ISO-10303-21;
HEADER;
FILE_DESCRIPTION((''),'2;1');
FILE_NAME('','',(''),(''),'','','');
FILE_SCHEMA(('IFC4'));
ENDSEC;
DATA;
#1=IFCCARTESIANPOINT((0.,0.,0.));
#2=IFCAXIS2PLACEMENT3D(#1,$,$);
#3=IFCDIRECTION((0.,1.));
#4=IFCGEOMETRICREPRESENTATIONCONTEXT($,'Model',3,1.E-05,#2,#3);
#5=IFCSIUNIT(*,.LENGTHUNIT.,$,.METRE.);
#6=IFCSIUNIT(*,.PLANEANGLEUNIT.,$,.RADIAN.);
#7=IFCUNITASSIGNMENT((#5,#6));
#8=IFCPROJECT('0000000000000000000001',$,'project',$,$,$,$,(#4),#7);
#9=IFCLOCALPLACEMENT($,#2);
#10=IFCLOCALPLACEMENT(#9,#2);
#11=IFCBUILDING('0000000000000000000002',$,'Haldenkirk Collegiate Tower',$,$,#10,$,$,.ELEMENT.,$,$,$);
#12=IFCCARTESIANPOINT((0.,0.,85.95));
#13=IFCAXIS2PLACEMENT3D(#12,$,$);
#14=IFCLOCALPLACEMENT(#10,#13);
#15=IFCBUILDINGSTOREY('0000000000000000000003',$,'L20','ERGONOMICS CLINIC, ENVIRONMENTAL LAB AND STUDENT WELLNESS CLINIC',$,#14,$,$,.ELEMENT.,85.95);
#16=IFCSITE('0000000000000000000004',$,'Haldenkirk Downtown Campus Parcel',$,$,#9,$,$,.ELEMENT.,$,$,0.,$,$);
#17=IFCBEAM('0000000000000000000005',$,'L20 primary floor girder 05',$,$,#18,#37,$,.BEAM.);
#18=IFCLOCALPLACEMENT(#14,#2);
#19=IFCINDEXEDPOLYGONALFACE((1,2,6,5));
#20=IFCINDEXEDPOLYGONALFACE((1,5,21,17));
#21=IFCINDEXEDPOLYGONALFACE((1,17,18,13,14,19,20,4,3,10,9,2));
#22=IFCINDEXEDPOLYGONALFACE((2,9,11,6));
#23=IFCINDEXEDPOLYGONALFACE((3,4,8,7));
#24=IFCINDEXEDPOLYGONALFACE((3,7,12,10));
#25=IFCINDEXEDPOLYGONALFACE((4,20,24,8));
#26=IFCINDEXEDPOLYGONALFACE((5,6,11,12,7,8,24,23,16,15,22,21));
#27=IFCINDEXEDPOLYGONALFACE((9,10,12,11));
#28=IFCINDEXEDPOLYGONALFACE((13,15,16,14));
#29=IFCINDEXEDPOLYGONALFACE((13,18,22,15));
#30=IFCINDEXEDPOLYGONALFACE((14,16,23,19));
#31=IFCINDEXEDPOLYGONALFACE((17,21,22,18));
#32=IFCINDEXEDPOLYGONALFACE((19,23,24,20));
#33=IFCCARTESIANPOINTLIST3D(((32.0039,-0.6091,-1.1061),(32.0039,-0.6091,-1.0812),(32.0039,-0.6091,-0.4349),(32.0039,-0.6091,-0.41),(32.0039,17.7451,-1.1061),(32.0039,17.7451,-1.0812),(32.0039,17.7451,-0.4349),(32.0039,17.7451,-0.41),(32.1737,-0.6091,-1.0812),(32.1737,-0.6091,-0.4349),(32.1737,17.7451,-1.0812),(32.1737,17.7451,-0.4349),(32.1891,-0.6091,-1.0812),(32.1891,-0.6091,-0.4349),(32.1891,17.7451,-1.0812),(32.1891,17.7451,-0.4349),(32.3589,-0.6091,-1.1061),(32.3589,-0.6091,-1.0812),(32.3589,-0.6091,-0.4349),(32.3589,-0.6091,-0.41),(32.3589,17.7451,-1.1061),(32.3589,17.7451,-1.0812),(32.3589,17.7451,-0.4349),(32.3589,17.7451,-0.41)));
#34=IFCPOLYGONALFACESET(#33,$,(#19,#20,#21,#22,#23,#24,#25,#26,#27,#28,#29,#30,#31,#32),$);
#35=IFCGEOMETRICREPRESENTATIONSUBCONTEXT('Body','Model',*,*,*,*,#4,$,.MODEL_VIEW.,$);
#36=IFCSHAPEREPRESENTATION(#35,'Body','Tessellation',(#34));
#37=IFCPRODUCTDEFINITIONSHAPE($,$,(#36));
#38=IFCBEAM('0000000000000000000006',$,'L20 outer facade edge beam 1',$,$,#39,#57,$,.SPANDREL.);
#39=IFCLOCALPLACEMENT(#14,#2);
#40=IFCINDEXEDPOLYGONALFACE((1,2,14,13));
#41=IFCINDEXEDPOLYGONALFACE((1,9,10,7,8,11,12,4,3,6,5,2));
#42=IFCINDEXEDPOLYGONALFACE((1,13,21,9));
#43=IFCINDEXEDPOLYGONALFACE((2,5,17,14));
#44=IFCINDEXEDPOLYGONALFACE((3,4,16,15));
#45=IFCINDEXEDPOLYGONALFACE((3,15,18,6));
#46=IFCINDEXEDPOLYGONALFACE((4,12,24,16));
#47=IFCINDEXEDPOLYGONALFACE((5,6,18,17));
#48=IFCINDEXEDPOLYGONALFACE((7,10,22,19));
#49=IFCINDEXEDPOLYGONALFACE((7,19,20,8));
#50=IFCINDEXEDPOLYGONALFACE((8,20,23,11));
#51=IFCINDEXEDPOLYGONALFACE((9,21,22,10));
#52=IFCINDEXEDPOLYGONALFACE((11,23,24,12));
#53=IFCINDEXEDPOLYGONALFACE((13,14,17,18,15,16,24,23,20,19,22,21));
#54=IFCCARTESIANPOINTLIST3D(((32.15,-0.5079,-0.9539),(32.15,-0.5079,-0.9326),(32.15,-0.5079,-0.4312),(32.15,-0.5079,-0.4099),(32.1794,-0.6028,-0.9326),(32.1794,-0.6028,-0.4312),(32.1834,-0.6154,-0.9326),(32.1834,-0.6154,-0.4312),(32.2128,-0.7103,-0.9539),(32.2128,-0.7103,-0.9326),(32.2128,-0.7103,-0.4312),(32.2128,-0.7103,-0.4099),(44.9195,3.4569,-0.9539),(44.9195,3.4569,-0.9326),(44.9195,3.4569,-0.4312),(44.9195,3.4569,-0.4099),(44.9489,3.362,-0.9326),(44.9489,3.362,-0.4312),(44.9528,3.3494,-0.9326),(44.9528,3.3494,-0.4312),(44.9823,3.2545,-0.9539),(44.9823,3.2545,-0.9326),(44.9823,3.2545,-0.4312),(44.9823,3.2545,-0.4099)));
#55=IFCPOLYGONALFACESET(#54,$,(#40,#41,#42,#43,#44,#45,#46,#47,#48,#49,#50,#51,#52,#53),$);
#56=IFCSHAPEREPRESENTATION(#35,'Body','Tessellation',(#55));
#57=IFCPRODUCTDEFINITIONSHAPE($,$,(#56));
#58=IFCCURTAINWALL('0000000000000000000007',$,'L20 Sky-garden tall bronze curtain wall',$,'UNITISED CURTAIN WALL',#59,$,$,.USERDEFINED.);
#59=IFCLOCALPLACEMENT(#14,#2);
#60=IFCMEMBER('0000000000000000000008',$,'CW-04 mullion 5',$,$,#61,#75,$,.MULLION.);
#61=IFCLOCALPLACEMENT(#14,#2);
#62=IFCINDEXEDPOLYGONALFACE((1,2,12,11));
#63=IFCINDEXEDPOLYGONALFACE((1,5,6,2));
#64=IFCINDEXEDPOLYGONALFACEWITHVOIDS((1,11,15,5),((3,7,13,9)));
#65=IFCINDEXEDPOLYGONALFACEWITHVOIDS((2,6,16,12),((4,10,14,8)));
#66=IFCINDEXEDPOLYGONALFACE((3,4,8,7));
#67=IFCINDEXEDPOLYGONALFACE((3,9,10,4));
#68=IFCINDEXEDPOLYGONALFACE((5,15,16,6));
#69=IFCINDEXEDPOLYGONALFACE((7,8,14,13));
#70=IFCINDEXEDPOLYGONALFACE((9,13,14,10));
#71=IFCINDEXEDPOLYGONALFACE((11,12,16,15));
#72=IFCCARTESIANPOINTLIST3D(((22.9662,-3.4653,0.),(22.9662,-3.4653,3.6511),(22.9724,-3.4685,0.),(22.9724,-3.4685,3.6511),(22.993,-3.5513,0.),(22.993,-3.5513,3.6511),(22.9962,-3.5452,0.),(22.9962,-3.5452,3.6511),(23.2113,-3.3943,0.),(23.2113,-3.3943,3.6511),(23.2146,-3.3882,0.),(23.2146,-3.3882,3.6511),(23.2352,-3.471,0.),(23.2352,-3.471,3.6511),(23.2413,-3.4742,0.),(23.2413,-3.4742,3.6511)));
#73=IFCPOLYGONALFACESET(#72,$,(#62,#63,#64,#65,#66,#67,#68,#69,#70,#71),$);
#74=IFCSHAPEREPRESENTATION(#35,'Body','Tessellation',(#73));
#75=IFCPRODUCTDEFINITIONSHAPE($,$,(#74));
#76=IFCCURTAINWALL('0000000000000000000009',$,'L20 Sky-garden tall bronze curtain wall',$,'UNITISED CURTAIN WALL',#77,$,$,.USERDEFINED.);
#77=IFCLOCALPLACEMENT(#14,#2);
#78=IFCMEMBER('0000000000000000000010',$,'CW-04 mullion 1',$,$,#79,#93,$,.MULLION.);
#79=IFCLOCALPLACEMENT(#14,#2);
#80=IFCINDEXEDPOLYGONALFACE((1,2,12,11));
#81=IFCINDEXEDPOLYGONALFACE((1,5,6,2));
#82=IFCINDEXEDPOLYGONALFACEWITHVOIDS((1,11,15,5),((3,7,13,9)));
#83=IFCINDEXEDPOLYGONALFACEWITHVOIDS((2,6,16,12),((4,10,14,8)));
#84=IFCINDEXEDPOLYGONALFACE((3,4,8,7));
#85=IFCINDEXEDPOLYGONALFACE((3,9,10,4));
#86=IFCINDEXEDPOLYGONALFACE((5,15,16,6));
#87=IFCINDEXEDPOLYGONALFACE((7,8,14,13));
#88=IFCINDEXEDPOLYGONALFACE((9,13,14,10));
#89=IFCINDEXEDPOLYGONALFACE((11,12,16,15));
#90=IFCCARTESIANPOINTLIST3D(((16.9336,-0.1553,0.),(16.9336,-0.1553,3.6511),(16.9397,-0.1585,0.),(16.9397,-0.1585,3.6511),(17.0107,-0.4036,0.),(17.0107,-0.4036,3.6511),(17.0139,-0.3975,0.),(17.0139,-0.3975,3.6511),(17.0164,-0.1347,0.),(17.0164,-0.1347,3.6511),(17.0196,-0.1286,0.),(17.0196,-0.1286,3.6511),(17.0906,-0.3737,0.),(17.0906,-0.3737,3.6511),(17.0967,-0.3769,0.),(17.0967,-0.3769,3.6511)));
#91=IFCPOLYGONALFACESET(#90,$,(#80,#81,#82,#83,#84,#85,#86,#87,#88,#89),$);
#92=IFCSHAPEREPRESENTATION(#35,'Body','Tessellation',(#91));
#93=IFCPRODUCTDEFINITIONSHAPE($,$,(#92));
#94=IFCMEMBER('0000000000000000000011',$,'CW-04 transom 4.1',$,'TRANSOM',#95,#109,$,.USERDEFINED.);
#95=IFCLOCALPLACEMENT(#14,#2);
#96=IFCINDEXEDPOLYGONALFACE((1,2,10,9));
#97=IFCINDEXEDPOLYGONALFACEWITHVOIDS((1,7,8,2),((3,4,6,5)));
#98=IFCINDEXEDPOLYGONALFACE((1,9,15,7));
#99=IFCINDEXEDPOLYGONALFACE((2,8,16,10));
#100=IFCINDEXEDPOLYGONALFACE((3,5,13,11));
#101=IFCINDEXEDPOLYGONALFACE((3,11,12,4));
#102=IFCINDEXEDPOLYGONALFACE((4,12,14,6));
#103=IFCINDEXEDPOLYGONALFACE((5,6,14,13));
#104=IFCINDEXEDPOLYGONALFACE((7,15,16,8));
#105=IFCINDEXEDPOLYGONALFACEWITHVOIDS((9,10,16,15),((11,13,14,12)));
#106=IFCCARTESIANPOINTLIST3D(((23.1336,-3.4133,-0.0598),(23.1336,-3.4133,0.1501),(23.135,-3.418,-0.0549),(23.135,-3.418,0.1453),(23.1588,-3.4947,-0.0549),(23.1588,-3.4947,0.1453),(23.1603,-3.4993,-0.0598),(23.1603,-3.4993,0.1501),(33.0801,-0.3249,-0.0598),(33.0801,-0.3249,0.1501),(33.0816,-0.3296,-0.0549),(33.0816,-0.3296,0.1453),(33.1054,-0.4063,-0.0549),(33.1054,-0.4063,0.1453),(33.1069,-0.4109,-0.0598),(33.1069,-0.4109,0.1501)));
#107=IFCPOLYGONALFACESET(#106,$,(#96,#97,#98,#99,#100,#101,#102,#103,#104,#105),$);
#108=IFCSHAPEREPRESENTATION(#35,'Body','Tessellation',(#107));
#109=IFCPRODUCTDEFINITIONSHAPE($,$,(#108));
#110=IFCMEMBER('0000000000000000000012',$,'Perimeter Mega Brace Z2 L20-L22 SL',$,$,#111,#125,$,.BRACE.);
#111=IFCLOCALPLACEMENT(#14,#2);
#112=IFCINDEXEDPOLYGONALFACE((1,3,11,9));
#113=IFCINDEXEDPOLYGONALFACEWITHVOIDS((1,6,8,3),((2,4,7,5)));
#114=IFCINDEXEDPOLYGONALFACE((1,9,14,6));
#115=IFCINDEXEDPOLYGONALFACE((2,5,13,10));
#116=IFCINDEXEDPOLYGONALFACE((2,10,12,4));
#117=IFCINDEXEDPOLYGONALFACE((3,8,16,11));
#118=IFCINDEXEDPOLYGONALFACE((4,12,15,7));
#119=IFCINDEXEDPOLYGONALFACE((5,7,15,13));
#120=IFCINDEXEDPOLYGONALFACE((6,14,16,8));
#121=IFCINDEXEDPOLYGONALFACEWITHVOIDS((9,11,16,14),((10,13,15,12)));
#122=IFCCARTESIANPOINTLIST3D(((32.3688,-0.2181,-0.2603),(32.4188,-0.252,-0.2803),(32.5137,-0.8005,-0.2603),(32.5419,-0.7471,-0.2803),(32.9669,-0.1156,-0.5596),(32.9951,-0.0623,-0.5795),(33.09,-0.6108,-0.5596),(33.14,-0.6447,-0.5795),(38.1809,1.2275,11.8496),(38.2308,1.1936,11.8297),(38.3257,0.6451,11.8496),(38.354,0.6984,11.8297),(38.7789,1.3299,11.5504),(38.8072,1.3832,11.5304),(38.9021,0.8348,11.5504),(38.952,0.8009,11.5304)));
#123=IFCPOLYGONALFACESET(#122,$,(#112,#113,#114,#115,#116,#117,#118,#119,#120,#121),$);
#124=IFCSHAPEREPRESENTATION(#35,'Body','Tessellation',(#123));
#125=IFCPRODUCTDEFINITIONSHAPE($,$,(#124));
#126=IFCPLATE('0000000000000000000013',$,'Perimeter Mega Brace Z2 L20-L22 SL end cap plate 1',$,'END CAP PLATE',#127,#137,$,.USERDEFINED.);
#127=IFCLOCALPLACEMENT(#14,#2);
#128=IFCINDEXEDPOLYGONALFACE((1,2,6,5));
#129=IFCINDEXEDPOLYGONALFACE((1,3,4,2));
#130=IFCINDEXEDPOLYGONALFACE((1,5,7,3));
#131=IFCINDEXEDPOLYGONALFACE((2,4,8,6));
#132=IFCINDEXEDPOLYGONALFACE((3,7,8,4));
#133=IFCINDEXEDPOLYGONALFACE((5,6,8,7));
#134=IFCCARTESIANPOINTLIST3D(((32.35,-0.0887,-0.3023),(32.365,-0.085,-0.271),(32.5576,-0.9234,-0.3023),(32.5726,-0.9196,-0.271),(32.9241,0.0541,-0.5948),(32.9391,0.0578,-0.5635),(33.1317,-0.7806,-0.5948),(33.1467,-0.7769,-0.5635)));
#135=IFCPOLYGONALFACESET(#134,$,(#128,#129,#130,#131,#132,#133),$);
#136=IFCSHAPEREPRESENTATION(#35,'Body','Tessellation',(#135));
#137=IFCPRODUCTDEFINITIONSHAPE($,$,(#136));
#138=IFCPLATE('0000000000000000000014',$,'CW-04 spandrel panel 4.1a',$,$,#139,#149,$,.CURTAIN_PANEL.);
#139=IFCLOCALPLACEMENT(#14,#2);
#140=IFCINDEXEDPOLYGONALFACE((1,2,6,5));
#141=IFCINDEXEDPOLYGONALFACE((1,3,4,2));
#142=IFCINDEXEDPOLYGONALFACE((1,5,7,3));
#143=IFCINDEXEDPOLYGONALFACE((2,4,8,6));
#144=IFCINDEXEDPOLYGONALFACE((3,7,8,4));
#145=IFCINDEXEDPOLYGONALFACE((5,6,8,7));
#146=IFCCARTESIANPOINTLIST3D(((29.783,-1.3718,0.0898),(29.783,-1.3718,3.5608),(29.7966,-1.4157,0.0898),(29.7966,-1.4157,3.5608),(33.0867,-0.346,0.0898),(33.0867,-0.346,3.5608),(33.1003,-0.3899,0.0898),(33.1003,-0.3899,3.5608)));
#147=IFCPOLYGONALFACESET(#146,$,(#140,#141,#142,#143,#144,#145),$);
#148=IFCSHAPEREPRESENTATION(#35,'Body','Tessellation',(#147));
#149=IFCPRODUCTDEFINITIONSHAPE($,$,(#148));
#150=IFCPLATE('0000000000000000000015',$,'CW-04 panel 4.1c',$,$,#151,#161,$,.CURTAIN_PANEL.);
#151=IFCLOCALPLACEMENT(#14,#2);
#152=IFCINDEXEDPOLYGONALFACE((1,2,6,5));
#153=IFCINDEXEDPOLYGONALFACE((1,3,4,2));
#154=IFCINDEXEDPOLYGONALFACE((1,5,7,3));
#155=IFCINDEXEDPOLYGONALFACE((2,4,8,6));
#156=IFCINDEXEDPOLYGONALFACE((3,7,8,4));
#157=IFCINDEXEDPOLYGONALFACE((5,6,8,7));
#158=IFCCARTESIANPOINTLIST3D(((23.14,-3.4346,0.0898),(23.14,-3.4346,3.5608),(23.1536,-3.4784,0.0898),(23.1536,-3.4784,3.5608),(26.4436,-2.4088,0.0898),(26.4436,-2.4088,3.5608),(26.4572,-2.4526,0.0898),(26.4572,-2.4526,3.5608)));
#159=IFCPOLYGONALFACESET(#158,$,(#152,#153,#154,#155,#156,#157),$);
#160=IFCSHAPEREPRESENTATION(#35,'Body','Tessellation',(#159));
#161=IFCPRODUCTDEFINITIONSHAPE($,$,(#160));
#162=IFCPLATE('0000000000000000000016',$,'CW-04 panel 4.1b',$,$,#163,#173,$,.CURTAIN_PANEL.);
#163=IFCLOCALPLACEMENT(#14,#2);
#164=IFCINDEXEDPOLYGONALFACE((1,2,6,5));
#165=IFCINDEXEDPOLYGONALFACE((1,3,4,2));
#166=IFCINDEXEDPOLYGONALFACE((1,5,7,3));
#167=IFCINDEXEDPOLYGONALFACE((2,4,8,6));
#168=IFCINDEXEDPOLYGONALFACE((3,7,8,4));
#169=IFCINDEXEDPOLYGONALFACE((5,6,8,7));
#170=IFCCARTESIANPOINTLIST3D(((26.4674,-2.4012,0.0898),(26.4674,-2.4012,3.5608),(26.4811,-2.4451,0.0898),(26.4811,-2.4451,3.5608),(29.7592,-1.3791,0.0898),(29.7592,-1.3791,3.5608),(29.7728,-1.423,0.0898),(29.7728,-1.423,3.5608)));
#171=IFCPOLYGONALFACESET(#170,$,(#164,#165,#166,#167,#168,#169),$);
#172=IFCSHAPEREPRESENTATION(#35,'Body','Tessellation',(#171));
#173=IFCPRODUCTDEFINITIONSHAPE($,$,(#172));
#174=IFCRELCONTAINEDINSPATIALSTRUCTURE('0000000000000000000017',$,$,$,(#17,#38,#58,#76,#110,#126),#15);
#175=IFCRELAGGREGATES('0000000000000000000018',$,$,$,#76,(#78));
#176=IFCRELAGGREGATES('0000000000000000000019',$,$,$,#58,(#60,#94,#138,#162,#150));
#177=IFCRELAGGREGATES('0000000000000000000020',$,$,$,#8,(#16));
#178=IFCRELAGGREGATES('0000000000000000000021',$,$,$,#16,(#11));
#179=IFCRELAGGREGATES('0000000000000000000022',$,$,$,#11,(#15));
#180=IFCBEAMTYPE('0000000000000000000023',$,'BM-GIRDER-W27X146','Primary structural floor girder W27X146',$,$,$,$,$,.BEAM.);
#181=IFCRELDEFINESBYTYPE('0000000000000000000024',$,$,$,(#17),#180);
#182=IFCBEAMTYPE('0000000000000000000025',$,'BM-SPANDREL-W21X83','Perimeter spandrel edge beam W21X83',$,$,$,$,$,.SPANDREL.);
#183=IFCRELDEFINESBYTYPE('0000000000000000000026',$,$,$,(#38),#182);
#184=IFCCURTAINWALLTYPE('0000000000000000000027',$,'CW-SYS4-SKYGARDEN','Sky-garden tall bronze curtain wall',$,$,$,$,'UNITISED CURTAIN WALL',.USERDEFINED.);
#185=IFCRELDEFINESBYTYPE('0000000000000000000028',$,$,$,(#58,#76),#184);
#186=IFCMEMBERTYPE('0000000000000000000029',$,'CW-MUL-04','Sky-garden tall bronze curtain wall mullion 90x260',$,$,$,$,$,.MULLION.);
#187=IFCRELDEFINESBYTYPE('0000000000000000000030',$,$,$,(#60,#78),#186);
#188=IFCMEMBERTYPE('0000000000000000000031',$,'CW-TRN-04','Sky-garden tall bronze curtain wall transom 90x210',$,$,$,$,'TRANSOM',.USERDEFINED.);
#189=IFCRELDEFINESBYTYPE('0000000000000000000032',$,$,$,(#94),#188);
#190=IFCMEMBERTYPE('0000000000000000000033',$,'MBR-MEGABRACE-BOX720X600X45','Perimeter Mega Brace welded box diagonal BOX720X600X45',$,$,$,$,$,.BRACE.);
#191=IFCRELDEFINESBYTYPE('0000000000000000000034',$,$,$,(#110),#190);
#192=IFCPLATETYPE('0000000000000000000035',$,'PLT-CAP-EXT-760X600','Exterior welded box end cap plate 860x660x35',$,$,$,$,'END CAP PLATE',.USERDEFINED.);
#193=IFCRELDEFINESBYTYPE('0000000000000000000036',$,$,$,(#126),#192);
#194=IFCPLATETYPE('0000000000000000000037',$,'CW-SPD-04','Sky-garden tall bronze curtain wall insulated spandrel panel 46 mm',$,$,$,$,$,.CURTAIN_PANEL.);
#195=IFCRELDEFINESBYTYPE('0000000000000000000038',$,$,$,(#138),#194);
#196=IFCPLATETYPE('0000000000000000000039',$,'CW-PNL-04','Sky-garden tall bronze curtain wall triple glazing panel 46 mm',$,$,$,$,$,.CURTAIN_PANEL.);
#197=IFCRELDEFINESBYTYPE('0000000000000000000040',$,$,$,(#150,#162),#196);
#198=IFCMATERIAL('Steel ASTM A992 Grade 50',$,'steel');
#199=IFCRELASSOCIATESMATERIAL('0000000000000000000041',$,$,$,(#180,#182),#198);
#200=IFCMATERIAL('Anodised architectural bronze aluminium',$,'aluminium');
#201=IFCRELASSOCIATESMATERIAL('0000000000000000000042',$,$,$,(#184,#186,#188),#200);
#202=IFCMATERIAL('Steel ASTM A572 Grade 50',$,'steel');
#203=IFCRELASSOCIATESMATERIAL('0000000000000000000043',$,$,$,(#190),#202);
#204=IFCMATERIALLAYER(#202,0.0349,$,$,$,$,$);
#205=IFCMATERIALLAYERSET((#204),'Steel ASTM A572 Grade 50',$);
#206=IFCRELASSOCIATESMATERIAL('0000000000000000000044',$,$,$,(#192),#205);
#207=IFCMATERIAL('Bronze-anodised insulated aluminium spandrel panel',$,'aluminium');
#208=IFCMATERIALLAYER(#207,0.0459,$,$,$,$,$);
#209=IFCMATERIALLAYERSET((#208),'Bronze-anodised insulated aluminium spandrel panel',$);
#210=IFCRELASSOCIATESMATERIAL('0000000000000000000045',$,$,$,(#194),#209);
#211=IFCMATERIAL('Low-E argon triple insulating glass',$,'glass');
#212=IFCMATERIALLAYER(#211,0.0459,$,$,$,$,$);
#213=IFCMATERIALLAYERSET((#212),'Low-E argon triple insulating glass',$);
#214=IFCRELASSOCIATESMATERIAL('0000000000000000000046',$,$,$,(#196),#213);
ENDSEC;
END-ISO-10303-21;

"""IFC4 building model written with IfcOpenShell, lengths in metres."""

from ifc_helpers import new_model, si_unit, direction, frame, origin, origin_2d, place, context, subcontext, project, spatial, rectangle, hollow_rectangle, i_section, extrude, source, transform, mapped, material, layer, layer_set, material_profile, profile_set, type_object, element, aggregate, save


model = new_model("IFC4")

# Units and contexts
model_context = context("Model", 3, precision=1e-05, world=origin(), true_north=direction((0.0, 1.0)))
body_context = subcontext(model_context, "Body", "Model", "MODEL_VIEW")
ifc_project = project(units=[si_unit("LENGTHUNIT", "METRE"), si_unit("PLANEANGLEUNIT", "RADIAN")], contexts=[model_context])

# Site, building, storey
site_placement = place(None, origin())
site = spatial("IfcSite", under=ifc_project, at=site_placement, Name="Haldenkirk Downtown Campus Parcel", CompositionType="ELEMENT", RefElevation=0.0)
building_placement = place(site_placement, origin())
building = spatial("IfcBuilding", under=site, at=building_placement, Name="Haldenkirk Collegiate Tower", CompositionType="ELEMENT")
storey_placement = place(building_placement, frame((0.0, 0.0, 85.95)))
storey = spatial("IfcBuildingStorey", under=building, at=storey_placement, Name="L20", Description="ERGONOMICS CLINIC, ENVIRONMENTAL LAB AND STUDENT WELLNESS CLINIC", CompositionType="ELEMENT", Elevation=85.95)

# Beams
ifc_material_1 = material(Name="Steel ASTM A992 Grade 50", Category="steel")
ifc_material_profile_1 = material_profile(ifc_material_1, i_section(OverallWidth=0.355, OverallDepth=0.696, WebThickness=0.0154, FlangeThickness=0.0249, at=origin_2d()), Name="W27X146")
ifc_profile_set_1 = profile_set([ifc_material_profile_1], Name="Steel ASTM A992 Grade 50")
beam_type_1 = type_object("IfcBeamType", Name="BM-GIRDER-W27X146", Description="Primary structural floor girder W27X146", PredefinedType="BEAM", material=ifc_profile_set_1)
beam_1_placement = place(storey_placement, frame((32.1814, -0.6091, -0.7581), z_axis=(0.0, 1.0, 0.0), x_axis=(-1.0, 0.0, 0.0)))
element("IfcBeam", 1, at=beam_1_placement, inside=storey, type_object=beam_type_1, Name="L20 primary floor girder 05", PredefinedType="BEAM", context=body_context, shape_type="SweptSolid", body=[
    extrude(i_section(OverallWidth=0.355, OverallDepth=0.696, WebThickness=0.0154, FlangeThickness=0.0249, at=origin_2d()), origin(), (0.0, 0.0, 1.0), 18.3542),
])
ifc_material_profile_2 = material_profile(ifc_material_1, i_section(OverallWidth=0.2119, OverallDepth=0.5439, WebThickness=0.0132, FlangeThickness=0.0212, at=origin_2d()), Name="W21X83")
ifc_profile_set_2 = profile_set([ifc_material_profile_2], Name="Steel ASTM A992 Grade 50")
beam_type_2 = type_object("IfcBeamType", Name="BM-SPANDREL-W21X83", Description="Perimeter spandrel edge beam W21X83", PredefinedType="SPANDREL", material=ifc_profile_set_2)
beam_2_placement = place(storey_placement, frame((32.1814, -0.6091, -0.6819), z_axis=(0.955024, 0.296528, 0.0), x_axis=(-0.296528, 0.955024, 0.0)))
element("IfcBeam", 2, at=beam_2_placement, inside=storey, type_object=beam_type_2, Name="L20 outer facade edge beam 1", PredefinedType="SPANDREL", context=body_context, shape_type="SweptSolid", body=[
    extrude(i_section(OverallWidth=0.2119, OverallDepth=0.5439, WebThickness=0.0132, FlangeThickness=0.0212, at=origin_2d()), origin(), (0.0, 0.0, 1.0), 13.3708),
])

# Curtain walls, members
ifc_material_2 = material(Name="Anodised architectural bronze aluminium", Category="aluminium")
curtain_wall_type = type_object("IfcCurtainWallType", Name="CW-SYS4-SKYGARDEN", Description="Sky-garden tall bronze curtain wall", ElementType="UNITISED CURTAIN WALL", PredefinedType="USERDEFINED", material=ifc_material_2)
curtain_wall_1_placement = place(storey_placement, origin())
curtain_wall_1 = element("IfcCurtainWall", 3, at=curtain_wall_1_placement, inside=storey, type_object=curtain_wall_type, Name="L20 Sky-garden tall bronze curtain wall", ObjectType="UNITISED CURTAIN WALL", PredefinedType="USERDEFINED")
ifc_material_profile_3 = material_profile(ifc_material_2, hollow_rectangle(XDim=0.0901, YDim=0.26, WallThickness=0.0049, at=origin_2d()), Name="CW-MUL-04")
ifc_profile_set_3 = profile_set([ifc_material_profile_3], Name="Anodised architectural bronze aluminium")
member_type_1 = type_object("IfcMemberType", Name="CW-MUL-04", Description="Sky-garden tall bronze curtain wall mullion 90x260", PredefinedType="MULLION", material=ifc_profile_set_3)
member_1_placement = place(storey_placement, frame((23.1038, -3.4697, 0.0), z_axis=(0.0, 0.0, 1.0), x_axis=(0.29654, -0.95502, 0.0)))
member_1 = element("IfcMember", 4, at=member_1_placement, type_object=member_type_1, Name="CW-04 mullion 5", PredefinedType="MULLION", context=body_context, shape_type="SweptSolid", body=[
    extrude(hollow_rectangle(XDim=0.0901, YDim=0.26, WallThickness=0.0049, at=origin_2d()), origin(), (0.0, 0.0, 1.0), 3.6511),
])
curtain_wall_2_placement = place(storey_placement, origin())
curtain_wall_2 = element("IfcCurtainWall", 5, at=curtain_wall_2_placement, inside=storey, type_object=curtain_wall_type, Name="L20 Sky-garden tall bronze curtain wall", ObjectType="UNITISED CURTAIN WALL", PredefinedType="USERDEFINED")
member_2_placement = place(storey_placement, frame((17.0151, -0.2661, 0.0), z_axis=(0.0, 0.0, 1.0), x_axis=(-0.95502, -0.296541, 0.0)))
member_2 = element("IfcMember", 6, at=member_2_placement, type_object=member_type_1, Name="CW-04 mullion 1", PredefinedType="MULLION", context=body_context, shape_type="SweptSolid", body=[
    extrude(hollow_rectangle(XDim=0.0901, YDim=0.26, WallThickness=0.0049, at=origin_2d()), origin(), (0.0, 0.0, 1.0), 3.6511),
])
aggregate(curtain_wall_2, [member_2])

# Members
ifc_material_profile_4 = material_profile(ifc_material_2, hollow_rectangle(XDim=0.0901, YDim=0.21, WallThickness=0.0049, at=origin_2d()), Name="CW-TRN-04")
ifc_profile_set_4 = profile_set([ifc_material_profile_4], Name="Anodised architectural bronze aluminium")
member_type_2 = type_object("IfcMemberType", Name="CW-TRN-04", Description="Sky-garden tall bronze curtain wall transom 90x210", ElementType="TRANSOM", PredefinedType="USERDEFINED", material=ifc_profile_set_4)
member_3_placement = place(storey_placement, frame((33.0935, -0.3679, 0.0452), z_axis=(-0.955023, -0.296533, 0.0), x_axis=(0.296533, -0.955023, 0.0)))
member_3 = element("IfcMember", 7, at=member_3_placement, type_object=member_type_2, Name="CW-04 transom 4.1", ObjectType="TRANSOM", PredefinedType="USERDEFINED", context=body_context, shape_type="SweptSolid", body=[
    extrude(hollow_rectangle(XDim=0.0901, YDim=0.21, WallThickness=0.0049, at=origin_2d()), origin(), (0.0, 0.0, 1.0), 10.415),
])
ifc_material_3 = material(Name="Steel ASTM A572 Grade 50", Category="steel")
ifc_material_profile_5 = material_profile(ifc_material_3, hollow_rectangle(XDim=0.6001, YDim=0.72, WallThickness=0.0449, at=origin_2d()), Name="BOX720X600X45")
ifc_profile_set_5 = profile_set([ifc_material_profile_5], Name="Steel ASTM A572 Grade 50")
member_type_3 = type_object("IfcMemberType", Name="MBR-MEGABRACE-BOX720X600X45", Description="Perimeter Mega Brace welded box diagonal BOX720X600X45", PredefinedType="BRACE", material=ifc_profile_set_5)
member_4_placement = place(storey_placement, frame((32.7544, -0.4314, -0.4199), z_axis=(0.430203, 0.107, 0.896368), x_axis=(-0.241365, 0.970434, 0.0)))
element("IfcMember", 8, at=member_4_placement, inside=storey, type_object=member_type_3, Name="Perimeter Mega Brace Z2 L20-L22 SL", PredefinedType="BRACE", context=body_context, shape_type="SweptSolid", body=[
    extrude(hollow_rectangle(XDim=0.6001, YDim=0.72, WallThickness=0.0449, at=origin_2d()), origin(), (0.0, 0.0, 1.0), 13.51),
])

# Plates
ifc_layer_1 = layer(ifc_material_3, 0.0349)
ifc_layer_set_1 = layer_set([ifc_layer_1], Name="Steel ASTM A572 Grade 50")
plate_type_1 = type_object("IfcPlateType", Name="PLT-CAP-EXT-760X600", Description="Exterior welded box end cap plate 860x660x35", ElementType="END CAP PLATE", PredefinedType="USERDEFINED", material=ifc_layer_set_1)
shared_shape_1 = source(origin(), body_context, "Body", "SweptSolid", [
    extrude(rectangle(XDim=0.8601, YDim=0.6599, at=origin_2d()), origin(), (0.0, 0.0, 1.0), 0.0349),
])
plate_1_placement = place(storey_placement, frame((32.7559, -0.4309, -0.4172), z_axis=(-0.430187, -0.106988, -0.896377), x_axis=(0.241349, -0.970438, 0.0)))
element("IfcPlate", 9, at=plate_1_placement, inside=storey, type_object=plate_type_1, Name="Perimeter Mega Brace Z2 L20-L22 SL end cap plate 1", ObjectType="END CAP PLATE", PredefinedType="USERDEFINED", context=body_context, shape_type="MappedRepresentation", body=[
    mapped(shared_shape_1, transform((0.0, 0.0, 0.0), x_axis=(1.0, 0.0, 0.0), y_axis=(0.0, 1.0, 0.0), z_axis=(0.0, 0.0, 1.0), scale=1.0)),
])
ifc_material_4 = material(Name="Bronze-anodised insulated aluminium spandrel panel", Category="aluminium")
ifc_layer_2 = layer(ifc_material_4, 0.0459)
ifc_layer_set_2 = layer_set([ifc_layer_2], Name="Bronze-anodised insulated aluminium spandrel panel")
plate_type_2 = type_object("IfcPlateType", Name="CW-SPD-04", Description="Sky-garden tall bronze curtain wall insulated spandrel panel 46 mm", PredefinedType="CURTAIN_PANEL", material=ifc_layer_set_2)
shared_shape_2 = source(origin(), body_context, "Body", "SweptSolid", [
    extrude(rectangle(XDim=3.4592, YDim=0.0459, at=origin_2d()), origin(), (0.0, 0.0, 1.0), 3.4709),
])
plate_2_placement = place(storey_placement, frame((31.4417, -0.8809, 0.0898), z_axis=(0.0, 0.0, 1.0), x_axis=(-0.95502, -0.29654, 0.0)))
plate_2 = element("IfcPlate", 10, at=plate_2_placement, type_object=plate_type_2, Name="CW-04 spandrel panel 4.1a", PredefinedType="CURTAIN_PANEL", context=body_context, shape_type="MappedRepresentation", body=[
    mapped(shared_shape_2, transform((0.0, 0.0, 0.0), x_axis=(1.0, 0.0, 0.0), y_axis=(0.0, 1.0, 0.0), z_axis=(0.0, 0.0, 1.0), scale=1.0)),
])
ifc_material_5 = material(Name="Low-E argon triple insulating glass", Category="glass")
ifc_layer_3 = layer(ifc_material_5, 0.0459)
ifc_layer_set_3 = layer_set([ifc_layer_3], Name="Low-E argon triple insulating glass")
plate_type_3 = type_object("IfcPlateType", Name="CW-PNL-04", Description="Sky-garden tall bronze curtain wall triple glazing panel 46 mm", PredefinedType="CURTAIN_PANEL", material=ifc_layer_set_3)
plate_3_placement = place(storey_placement, frame((24.7986, -2.9436, 0.0898), z_axis=(0.0, 0.0, 1.0), x_axis=(-0.95502, -0.29654, 0.0)))
plate_3 = element("IfcPlate", 11, at=plate_3_placement, type_object=plate_type_3, Name="CW-04 panel 4.1c", PredefinedType="CURTAIN_PANEL", context=body_context, shape_type="MappedRepresentation", body=[
    mapped(shared_shape_2, transform((0.0, 0.0, 0.0), x_axis=(1.0, 0.0, 0.0), y_axis=(0.0, 1.0, 0.0), z_axis=(0.0, 0.0, 1.0), scale=1.0)),
])
shared_shape_3 = source(origin(), body_context, "Body", "SweptSolid", [
    extrude(rectangle(XDim=3.4468, YDim=0.0459, at=origin_2d()), origin(), (0.0, 0.0, 1.0), 3.4709),
])
plate_4_placement = place(storey_placement, frame((28.1201, -1.9121, 0.0898), z_axis=(0.0, 0.0, 1.0), x_axis=(-0.95502, -0.29654, 0.0)))
plate_4 = element("IfcPlate", 12, at=plate_4_placement, type_object=plate_type_3, Name="CW-04 panel 4.1b", PredefinedType="CURTAIN_PANEL", context=body_context, shape_type="MappedRepresentation", body=[
    mapped(shared_shape_3, transform((0.0, 0.0, 0.0), x_axis=(1.0, 0.0, 0.0), y_axis=(0.0, 1.0, 0.0), z_axis=(0.0, 0.0, 1.0), scale=1.0)),
])
aggregate(curtain_wall_1, [member_1, member_3, plate_2, plate_4, plate_3])

save(model, "model.ifc")
